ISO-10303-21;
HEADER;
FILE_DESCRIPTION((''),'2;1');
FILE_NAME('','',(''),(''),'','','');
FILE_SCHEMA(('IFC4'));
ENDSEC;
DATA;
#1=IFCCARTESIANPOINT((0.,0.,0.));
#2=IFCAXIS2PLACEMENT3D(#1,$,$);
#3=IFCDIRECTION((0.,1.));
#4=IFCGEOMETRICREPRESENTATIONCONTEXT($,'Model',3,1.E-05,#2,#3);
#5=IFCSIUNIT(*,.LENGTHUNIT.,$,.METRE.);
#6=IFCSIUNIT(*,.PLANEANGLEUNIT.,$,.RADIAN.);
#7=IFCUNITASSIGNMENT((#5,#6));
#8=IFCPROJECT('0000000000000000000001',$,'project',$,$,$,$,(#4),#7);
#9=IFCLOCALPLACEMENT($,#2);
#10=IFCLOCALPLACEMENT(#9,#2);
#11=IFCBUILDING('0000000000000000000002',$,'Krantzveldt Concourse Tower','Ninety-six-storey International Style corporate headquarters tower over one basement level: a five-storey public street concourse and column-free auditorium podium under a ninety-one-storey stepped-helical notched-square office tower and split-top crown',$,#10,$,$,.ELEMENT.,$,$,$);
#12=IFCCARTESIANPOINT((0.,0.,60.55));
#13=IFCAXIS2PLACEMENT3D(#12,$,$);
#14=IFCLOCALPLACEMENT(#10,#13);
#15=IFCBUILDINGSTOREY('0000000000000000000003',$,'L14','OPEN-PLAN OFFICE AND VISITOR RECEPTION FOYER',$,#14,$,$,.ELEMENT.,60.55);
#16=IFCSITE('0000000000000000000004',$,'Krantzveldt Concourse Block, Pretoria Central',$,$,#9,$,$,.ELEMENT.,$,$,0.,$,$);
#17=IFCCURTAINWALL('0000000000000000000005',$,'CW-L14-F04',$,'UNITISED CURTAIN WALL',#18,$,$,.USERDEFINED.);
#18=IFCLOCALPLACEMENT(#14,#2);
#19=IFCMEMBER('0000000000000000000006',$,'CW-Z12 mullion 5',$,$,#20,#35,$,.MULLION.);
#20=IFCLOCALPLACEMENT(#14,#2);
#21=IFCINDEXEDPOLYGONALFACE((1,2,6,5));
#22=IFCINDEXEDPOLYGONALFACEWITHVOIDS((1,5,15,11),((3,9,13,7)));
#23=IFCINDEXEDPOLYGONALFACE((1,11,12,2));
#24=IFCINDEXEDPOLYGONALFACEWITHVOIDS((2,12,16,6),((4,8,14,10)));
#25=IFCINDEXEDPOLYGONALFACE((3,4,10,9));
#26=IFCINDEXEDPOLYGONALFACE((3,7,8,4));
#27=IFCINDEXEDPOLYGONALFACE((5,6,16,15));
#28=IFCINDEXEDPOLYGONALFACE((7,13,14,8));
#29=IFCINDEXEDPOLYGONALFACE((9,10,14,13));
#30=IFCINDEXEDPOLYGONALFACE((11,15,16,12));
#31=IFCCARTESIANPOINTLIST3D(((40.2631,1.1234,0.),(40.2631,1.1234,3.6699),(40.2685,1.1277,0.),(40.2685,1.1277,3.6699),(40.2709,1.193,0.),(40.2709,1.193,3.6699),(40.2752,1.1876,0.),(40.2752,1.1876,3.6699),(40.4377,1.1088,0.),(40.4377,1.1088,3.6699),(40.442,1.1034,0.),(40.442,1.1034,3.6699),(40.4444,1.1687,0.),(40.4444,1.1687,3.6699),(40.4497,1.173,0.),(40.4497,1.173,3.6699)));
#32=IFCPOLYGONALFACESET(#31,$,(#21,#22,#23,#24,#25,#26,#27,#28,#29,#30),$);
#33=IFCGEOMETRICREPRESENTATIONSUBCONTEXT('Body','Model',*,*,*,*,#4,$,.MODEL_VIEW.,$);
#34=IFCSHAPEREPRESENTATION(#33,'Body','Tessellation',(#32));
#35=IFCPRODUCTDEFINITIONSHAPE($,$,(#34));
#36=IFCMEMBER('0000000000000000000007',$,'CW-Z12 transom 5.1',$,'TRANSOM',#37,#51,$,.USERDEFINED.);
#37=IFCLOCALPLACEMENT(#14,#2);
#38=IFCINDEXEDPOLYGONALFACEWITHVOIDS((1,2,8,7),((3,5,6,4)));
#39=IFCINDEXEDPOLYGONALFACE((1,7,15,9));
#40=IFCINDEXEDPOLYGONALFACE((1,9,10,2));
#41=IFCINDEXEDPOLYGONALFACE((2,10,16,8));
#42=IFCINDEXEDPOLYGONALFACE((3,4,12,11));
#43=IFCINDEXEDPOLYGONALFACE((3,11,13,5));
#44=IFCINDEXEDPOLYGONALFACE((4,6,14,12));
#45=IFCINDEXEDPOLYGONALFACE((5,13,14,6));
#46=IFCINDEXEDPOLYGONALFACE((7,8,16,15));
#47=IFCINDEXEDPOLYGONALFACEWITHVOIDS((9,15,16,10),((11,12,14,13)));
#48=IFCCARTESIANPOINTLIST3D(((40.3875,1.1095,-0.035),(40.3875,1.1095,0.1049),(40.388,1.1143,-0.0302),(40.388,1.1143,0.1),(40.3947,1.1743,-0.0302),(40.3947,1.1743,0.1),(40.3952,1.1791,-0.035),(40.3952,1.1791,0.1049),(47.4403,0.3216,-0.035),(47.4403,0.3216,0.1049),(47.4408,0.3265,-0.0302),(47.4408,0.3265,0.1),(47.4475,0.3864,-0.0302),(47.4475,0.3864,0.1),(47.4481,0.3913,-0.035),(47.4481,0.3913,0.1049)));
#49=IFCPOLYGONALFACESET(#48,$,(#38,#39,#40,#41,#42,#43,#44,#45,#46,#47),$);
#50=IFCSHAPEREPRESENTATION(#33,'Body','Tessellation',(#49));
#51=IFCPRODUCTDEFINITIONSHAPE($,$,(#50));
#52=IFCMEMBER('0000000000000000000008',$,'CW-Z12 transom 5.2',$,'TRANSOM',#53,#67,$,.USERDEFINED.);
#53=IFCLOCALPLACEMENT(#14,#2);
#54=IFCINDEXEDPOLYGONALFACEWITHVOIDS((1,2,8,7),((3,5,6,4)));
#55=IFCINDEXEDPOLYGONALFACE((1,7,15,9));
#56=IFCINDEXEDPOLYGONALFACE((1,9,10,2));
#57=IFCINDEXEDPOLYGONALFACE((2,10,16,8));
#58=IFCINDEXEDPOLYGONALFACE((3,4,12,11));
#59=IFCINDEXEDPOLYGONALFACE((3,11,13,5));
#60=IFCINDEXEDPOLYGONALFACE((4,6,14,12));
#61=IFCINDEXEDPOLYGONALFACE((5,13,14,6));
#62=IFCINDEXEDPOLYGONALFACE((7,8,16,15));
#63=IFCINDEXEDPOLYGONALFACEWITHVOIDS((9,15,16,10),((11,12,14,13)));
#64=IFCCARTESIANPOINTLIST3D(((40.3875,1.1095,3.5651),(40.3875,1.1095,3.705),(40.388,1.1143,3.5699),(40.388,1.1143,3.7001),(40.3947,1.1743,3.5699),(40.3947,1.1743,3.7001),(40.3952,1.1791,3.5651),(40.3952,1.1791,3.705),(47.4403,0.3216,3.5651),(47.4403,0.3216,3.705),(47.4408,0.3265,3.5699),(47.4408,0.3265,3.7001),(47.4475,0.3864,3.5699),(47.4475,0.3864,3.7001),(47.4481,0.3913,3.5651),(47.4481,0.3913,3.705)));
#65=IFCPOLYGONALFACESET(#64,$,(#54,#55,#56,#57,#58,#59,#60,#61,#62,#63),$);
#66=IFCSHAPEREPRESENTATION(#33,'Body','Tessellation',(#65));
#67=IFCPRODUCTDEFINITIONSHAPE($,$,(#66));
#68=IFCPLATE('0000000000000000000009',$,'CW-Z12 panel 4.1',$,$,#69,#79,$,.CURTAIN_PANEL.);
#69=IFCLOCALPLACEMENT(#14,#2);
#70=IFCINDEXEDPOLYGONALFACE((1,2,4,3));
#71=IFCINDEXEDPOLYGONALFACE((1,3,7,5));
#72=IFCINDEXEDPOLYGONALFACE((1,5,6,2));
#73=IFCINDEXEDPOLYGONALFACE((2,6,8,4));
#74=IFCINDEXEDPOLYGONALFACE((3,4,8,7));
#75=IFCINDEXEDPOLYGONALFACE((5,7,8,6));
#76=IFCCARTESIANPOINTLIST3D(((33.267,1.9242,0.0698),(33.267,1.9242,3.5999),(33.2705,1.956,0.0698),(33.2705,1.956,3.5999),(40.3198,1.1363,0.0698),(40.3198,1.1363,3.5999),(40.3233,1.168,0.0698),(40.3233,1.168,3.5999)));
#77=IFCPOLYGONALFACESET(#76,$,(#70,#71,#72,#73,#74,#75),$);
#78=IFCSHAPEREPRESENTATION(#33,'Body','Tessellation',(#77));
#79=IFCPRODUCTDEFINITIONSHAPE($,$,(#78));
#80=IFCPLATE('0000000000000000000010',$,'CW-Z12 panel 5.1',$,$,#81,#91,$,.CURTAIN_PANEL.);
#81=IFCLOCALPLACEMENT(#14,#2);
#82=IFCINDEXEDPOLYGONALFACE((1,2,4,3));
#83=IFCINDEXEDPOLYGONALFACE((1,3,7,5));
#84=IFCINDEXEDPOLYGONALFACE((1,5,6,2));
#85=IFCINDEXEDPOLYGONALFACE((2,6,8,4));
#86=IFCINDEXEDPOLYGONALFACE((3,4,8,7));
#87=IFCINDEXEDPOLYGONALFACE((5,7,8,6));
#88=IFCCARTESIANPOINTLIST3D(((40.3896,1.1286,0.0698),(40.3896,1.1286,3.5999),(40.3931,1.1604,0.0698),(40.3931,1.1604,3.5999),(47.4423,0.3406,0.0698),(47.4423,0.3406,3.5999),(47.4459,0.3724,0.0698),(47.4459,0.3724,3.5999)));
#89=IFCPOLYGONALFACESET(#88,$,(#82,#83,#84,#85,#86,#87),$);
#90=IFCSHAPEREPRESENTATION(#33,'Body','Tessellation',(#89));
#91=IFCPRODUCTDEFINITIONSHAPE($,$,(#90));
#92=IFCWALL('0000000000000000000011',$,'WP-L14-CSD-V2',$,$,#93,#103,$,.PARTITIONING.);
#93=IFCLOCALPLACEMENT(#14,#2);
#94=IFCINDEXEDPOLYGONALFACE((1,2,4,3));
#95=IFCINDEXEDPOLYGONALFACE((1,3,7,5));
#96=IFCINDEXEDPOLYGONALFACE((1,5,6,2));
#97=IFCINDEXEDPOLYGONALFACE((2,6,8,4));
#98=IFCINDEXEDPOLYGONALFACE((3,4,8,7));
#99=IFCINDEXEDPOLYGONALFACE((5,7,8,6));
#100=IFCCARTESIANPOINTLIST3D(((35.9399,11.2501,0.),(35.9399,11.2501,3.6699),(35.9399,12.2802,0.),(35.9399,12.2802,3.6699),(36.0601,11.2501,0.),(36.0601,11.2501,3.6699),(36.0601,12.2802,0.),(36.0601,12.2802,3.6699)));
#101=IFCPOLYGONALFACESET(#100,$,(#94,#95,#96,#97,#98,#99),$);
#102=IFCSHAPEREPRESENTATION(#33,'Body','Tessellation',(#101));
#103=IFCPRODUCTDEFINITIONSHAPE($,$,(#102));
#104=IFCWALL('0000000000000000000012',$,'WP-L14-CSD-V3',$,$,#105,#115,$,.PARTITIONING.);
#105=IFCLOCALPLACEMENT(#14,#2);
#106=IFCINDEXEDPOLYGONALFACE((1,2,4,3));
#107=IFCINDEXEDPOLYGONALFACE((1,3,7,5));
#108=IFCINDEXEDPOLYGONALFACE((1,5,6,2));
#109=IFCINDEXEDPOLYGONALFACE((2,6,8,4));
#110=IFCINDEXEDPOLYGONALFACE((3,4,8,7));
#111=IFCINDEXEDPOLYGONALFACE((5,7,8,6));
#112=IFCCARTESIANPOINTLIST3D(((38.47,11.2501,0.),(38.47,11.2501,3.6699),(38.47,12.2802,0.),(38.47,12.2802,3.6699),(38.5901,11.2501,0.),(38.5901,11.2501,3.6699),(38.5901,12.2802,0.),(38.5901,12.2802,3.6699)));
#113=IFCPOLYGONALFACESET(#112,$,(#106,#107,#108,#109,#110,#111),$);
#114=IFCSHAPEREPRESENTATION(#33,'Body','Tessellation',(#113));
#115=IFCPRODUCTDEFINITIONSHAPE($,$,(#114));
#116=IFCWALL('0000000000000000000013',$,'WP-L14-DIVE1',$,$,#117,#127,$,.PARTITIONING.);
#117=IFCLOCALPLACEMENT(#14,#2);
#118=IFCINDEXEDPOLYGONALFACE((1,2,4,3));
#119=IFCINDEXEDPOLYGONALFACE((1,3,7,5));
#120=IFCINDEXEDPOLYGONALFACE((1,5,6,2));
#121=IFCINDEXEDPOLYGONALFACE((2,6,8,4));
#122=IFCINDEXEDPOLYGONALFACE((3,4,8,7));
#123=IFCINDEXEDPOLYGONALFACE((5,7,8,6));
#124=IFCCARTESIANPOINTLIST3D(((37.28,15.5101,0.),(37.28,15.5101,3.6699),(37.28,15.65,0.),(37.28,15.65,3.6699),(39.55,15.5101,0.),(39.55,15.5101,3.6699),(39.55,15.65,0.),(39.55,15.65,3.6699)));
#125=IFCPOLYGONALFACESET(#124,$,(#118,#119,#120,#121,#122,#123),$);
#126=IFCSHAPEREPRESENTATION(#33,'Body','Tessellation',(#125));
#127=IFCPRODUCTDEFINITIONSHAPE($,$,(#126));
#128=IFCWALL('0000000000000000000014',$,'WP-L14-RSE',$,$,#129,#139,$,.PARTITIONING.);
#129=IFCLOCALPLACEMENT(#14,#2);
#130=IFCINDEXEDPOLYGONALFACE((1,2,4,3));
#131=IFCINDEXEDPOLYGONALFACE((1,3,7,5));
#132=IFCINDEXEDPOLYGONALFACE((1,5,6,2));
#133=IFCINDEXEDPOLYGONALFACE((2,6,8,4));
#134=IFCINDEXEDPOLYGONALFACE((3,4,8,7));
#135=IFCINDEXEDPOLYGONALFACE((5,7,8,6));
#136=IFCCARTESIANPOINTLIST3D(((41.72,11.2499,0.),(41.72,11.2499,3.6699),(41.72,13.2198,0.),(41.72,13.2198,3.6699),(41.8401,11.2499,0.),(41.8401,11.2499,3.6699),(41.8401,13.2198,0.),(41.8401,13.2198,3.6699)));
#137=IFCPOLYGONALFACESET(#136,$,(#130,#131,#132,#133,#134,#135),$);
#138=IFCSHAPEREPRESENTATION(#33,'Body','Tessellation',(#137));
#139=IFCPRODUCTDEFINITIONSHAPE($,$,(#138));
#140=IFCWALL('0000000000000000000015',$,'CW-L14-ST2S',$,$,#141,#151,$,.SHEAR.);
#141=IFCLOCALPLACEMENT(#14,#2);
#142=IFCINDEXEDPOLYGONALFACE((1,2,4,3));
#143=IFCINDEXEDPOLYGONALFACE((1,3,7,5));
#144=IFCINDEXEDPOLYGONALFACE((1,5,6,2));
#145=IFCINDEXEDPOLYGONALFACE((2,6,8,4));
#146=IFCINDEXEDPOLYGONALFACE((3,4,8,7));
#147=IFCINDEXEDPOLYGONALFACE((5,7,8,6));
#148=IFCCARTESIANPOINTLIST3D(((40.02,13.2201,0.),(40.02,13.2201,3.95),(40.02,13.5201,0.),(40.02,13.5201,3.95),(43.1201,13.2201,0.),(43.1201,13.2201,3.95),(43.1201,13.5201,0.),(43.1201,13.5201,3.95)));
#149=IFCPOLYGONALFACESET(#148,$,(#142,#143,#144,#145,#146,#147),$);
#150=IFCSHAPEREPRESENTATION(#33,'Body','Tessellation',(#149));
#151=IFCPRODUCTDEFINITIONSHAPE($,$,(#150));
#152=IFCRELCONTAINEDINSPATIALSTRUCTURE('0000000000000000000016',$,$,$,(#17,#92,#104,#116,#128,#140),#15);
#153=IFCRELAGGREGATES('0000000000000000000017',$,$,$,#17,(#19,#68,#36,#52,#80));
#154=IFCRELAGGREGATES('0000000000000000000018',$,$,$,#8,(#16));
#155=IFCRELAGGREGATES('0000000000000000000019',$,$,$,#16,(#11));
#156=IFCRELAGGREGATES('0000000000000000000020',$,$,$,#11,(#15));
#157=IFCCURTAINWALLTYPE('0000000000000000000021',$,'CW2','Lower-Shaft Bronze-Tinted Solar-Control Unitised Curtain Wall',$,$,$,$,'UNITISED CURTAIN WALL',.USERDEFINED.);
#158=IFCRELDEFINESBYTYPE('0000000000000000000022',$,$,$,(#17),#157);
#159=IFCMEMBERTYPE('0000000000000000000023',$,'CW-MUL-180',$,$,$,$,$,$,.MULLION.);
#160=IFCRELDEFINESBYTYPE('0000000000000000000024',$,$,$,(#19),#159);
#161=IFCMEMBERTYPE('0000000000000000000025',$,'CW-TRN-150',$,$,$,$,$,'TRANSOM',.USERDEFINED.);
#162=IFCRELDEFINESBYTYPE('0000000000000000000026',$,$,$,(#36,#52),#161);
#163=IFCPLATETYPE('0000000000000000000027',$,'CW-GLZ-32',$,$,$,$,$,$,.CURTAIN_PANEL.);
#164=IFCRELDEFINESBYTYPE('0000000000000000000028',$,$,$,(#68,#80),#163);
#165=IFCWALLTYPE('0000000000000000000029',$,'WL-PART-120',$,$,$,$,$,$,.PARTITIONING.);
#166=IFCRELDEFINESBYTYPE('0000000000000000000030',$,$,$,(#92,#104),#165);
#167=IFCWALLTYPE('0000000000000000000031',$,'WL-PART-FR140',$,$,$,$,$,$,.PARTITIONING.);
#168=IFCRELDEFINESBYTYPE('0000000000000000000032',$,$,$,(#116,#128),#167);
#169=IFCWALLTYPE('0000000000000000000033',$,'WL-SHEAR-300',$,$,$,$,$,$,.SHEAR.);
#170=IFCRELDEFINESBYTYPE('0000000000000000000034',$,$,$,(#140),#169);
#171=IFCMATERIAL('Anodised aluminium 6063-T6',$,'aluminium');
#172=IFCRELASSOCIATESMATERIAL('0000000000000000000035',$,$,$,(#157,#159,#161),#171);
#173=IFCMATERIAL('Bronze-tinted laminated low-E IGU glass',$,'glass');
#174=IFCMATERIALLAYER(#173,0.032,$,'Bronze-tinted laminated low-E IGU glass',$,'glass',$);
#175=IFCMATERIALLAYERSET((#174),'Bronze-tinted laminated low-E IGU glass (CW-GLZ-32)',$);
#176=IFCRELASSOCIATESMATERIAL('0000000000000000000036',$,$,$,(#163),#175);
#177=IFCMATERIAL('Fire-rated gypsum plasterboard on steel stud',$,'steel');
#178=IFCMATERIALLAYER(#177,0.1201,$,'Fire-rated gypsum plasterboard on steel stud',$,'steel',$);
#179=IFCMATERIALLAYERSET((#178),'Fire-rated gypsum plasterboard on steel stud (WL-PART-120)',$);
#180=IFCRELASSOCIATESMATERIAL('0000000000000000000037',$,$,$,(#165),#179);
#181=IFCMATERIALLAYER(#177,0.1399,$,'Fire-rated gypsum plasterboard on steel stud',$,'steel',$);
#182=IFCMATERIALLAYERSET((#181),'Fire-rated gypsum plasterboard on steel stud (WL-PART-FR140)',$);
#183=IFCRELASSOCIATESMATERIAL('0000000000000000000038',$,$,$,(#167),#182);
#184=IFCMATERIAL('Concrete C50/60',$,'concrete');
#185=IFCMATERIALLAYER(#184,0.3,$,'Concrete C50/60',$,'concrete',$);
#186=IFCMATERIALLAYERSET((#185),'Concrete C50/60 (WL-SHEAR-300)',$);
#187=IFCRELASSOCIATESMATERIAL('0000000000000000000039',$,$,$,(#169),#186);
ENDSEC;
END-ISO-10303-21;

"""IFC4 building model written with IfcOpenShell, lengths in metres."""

from ifc_helpers import new_model, si_unit, direction, frame, frame_2d, origin, origin_2d, place, context, subcontext, project, spatial, rectangle, hollow_rectangle, extrude, source, transform, mapped, material, layer, layer_set, material_profile, profile_set, type_object, type_shapes, element, aggregate, save


model = new_model("IFC4")

# Units and contexts
model_context = context("Model", 3, precision=1e-05, world=origin(), true_north=direction((0.0, 1.0)))
body_context = subcontext(model_context, "Body", "Model", "MODEL_VIEW")
ifc_project = project(units=[si_unit("LENGTHUNIT", "METRE"), si_unit("PLANEANGLEUNIT", "RADIAN")], contexts=[model_context])

# Site, building, storey
site_placement = place(None, origin())
site = spatial("IfcSite", under=ifc_project, at=site_placement, Name="Krantzveldt Concourse Block, Pretoria Central", CompositionType="ELEMENT", RefElevation=0.0)
building_placement = place(site_placement, origin())
building = spatial("IfcBuilding", under=site, at=building_placement, Name="Krantzveldt Concourse Tower", Description="Ninety-six-storey International Style corporate headquarters tower over one basement level: a five-storey public street concourse and column-free auditorium podium under a ninety-one-storey stepped-helical notched-square office tower and split-top crown", CompositionType="ELEMENT")
storey_placement = place(building_placement, frame((0.0, 0.0, 60.55)))
storey = spatial("IfcBuildingStorey", under=building, at=storey_placement, Name="L14", Description="OPEN-PLAN OFFICE AND VISITOR RECEPTION FOYER", CompositionType="ELEMENT", Elevation=60.55)

# Curtain wall, members, plates
ifc_material_1 = material(Name="Anodised aluminium 6063-T6", Category="aluminium")
curtain_wall_type = type_object("IfcCurtainWallType", Name="CW2", Description="Lower-Shaft Bronze-Tinted Solar-Control Unitised Curtain Wall", ElementType="UNITISED CURTAIN WALL", PredefinedType="USERDEFINED", material=ifc_material_1)
curtain_wall_placement = place(storey_placement, origin())
curtain_wall = element("IfcCurtainWall", 1, at=curtain_wall_placement, inside=storey, type_object=curtain_wall_type, Name="CW-L14-F04", ObjectType="UNITISED CURTAIN WALL", PredefinedType="USERDEFINED")
ifc_material_profile_1 = material_profile(ifc_material_1, hollow_rectangle(XDim=0.0701, YDim=0.1799, WallThickness=0.0049, at=origin_2d()), Name="Anodised aluminium 6063-T6", Category="aluminium")
ifc_profile_set_1 = profile_set([ifc_material_profile_1], Name="Anodised aluminium 6063-T6 - ALU-MULL 180x70x5")
member_type_1 = type_object("IfcMemberType", Name="CW-MUL-180", PredefinedType="MULLION", material=ifc_profile_set_1)
shared_shape_1 = source(origin(), body_context, "Body", "SweptSolid", [
    extrude(hollow_rectangle(XDim=0.0701, YDim=0.1799, WallThickness=0.0049, at=origin_2d()), origin(), (0.0, 0.0, 1.0), 3.6699),
])
type_shapes(member_type_1, [shared_shape_1])
member_1_placement = place(storey_placement, frame((40.3564, 1.1482, 0.0), z_axis=(0.0, 0.0, 1.0), x_axis=(0.111035, 0.993816, 0.0)))
member_1 = element("IfcMember", 2, at=member_1_placement, type_object=member_type_1, Name="CW-Z12 mullion 5", PredefinedType="MULLION", context=body_context, shape_type="MappedRepresentation", body=[
    mapped(shared_shape_1, transform((0.0, 0.0, 0.0), x_axis=(1.0, 0.0, 0.0), y_axis=(0.0, 1.0, 0.0), z_axis=(0.0, 0.0, 1.0), scale=1.0)),
])
ifc_material_profile_2 = material_profile(ifc_material_1, hollow_rectangle(XDim=0.0701, YDim=0.1399, WallThickness=0.0049, at=origin_2d()), Name="Anodised aluminium 6063-T6", Category="aluminium")
ifc_profile_set_2 = profile_set([ifc_material_profile_2], Name="Anodised aluminium 6063-T6 - ALU-TRAN 140x70x5")
member_type_2 = type_object("IfcMemberType", Name="CW-TRN-150", ElementType="TRANSOM", PredefinedType="USERDEFINED", material=ifc_profile_set_2)
shared_shape_2 = source(origin(), body_context, "Body", "SweptSolid", [
    extrude(hollow_rectangle(XDim=0.0701, YDim=0.1399, WallThickness=0.0049, at=origin_2d()), origin(), (0.0, 0.0, 1.0), 7.0967),
])
type_shapes(member_type_2, [shared_shape_2])
member_2_placement = place(storey_placement, frame((40.3914, 1.1443, 0.0349), z_axis=(0.993819, -0.111017, 0.0), x_axis=(0.111017, 0.993819, 0.0)))
member_2 = element("IfcMember", 3, at=member_2_placement, type_object=member_type_2, Name="CW-Z12 transom 5.1", ObjectType="TRANSOM", PredefinedType="USERDEFINED", context=body_context, shape_type="MappedRepresentation", body=[
    mapped(shared_shape_2, transform((0.0, 0.0, 0.0), x_axis=(1.0, 0.0, 0.0), y_axis=(0.0, 1.0, 0.0), z_axis=(0.0, 0.0, 1.0), scale=1.0)),
])
member_3_placement = place(storey_placement, frame((40.3914, 1.1443, 3.635), z_axis=(0.993819, -0.111017, 0.0), x_axis=(0.111017, 0.993819, 0.0)))
member_3 = element("IfcMember", 4, at=member_3_placement, type_object=member_type_2, Name="CW-Z12 transom 5.2", ObjectType="TRANSOM", PredefinedType="USERDEFINED", context=body_context, shape_type="MappedRepresentation", body=[
    mapped(shared_shape_2, transform((0.0, 0.0, 0.0), x_axis=(1.0, 0.0, 0.0), y_axis=(0.0, 1.0, 0.0), z_axis=(0.0, 0.0, 1.0), scale=1.0)),
])
ifc_material_2 = material(Name="Bronze-tinted laminated low-E IGU glass", Category="glass")
ifc_layer_1 = layer(ifc_material_2, 0.032, Name="Bronze-tinted laminated low-E IGU glass", Category="glass")
ifc_layer_set_1 = layer_set([ifc_layer_1], Name="Bronze-tinted laminated low-E IGU glass (CW-GLZ-32)")
plate_type = type_object("IfcPlateType", Name="CW-GLZ-32", PredefinedType="CURTAIN_PANEL", material=ifc_layer_set_1)
shared_shape_3 = source(origin(), body_context, "Body", "SweptSolid", [
    extrude(rectangle(XDim=7.0967, YDim=0.032, at=origin_2d()), origin(), (0.0, 0.0, 1.0), 3.53),
])
type_shapes(plate_type, [shared_shape_3])
plate_1_placement = place(storey_placement, frame((36.7952, 1.5461, 0.0698), z_axis=(0.0, 0.0, 1.0), x_axis=(0.993816, -0.111035, 0.0)))
plate_1 = element("IfcPlate", 5, at=plate_1_placement, type_object=plate_type, Name="CW-Z12 panel 4.1", PredefinedType="CURTAIN_PANEL", context=body_context, shape_type="MappedRepresentation", body=[
    mapped(shared_shape_3, transform((0.0, 0.0, 0.0), x_axis=(1.0, 0.0, 0.0), y_axis=(0.0, 1.0, 0.0), z_axis=(0.0, 0.0, 1.0), scale=1.0)),
])
plate_2_placement = place(storey_placement, frame((43.9177, 0.7505, 0.0698), z_axis=(0.0, 0.0, 1.0), x_axis=(0.993816, -0.111035, 0.0)))
plate_2 = element("IfcPlate", 6, at=plate_2_placement, type_object=plate_type, Name="CW-Z12 panel 5.1", PredefinedType="CURTAIN_PANEL", context=body_context, shape_type="MappedRepresentation", body=[
    mapped(shared_shape_3, transform((0.0, 0.0, 0.0), x_axis=(1.0, 0.0, 0.0), y_axis=(0.0, 1.0, 0.0), z_axis=(0.0, 0.0, 1.0), scale=1.0)),
])
aggregate(curtain_wall, [member_1, plate_1, member_2, member_3, plate_2])

# Walls
ifc_material_3 = material(Name="Fire-rated gypsum plasterboard on steel stud", Category="steel")
ifc_layer_2 = layer(ifc_material_3, 0.1201, Name="Fire-rated gypsum plasterboard on steel stud", Category="steel")
ifc_layer_set_2 = layer_set([ifc_layer_2], Name="Fire-rated gypsum plasterboard on steel stud (WL-PART-120)")
wall_type_1 = type_object("IfcWallType", Name="WL-PART-120", PredefinedType="PARTITIONING", material=ifc_layer_set_2)
for number, where, z_axis, x_axis, name in (
    (7, (36.0, 11.25, 0.0), (0.0, 0.0, 1.0), (0.0, 1.0, 0.0), "WP-L14-CSD-V2"),
    (8, (38.53, 11.25, 0.0), (0.0, 0.0, 1.0), (0.0, 1.0, 0.0), "WP-L14-CSD-V3"),
):
    element("IfcWall", number, at=place(storey_placement, frame(where, z_axis=z_axis, x_axis=x_axis)), inside=storey, type_object=wall_type_1, Name=name, PredefinedType="PARTITIONING", context=body_context, shape_type="SweptSolid", body=[
        extrude(rectangle(XDim=1.03, YDim=0.1201, at=frame_2d((0.5151, 0.0))), origin(), (0.0, 0.0, 1.0), 3.6699),
    ])

# Shared definitions
ifc_layer_3 = layer(ifc_material_3, 0.1399, Name="Fire-rated gypsum plasterboard on steel stud", Category="steel")
ifc_layer_set_3 = layer_set([ifc_layer_3], Name="Fire-rated gypsum plasterboard on steel stud (WL-PART-FR140)")
wall_type_2 = type_object("IfcWallType", Name="WL-PART-FR140", PredefinedType="PARTITIONING", material=ifc_layer_set_3)

# Walls
wall_1_placement = place(storey_placement, frame((37.28, 15.5801, 0.0), z_axis=(0.0, 0.0, 1.0), x_axis=(1.0, 0.0, 0.0)))
element("IfcWall", 9, at=wall_1_placement, inside=storey, type_object=wall_type_2, Name="WP-L14-DIVE1", PredefinedType="PARTITIONING", context=body_context, shape_type="SweptSolid", body=[
    extrude(rectangle(XDim=2.27, YDim=0.1399, at=frame_2d((1.135, 0.0))), origin(), (0.0, 0.0, 1.0), 3.6699),
])
wall_2_placement = place(storey_placement, frame((41.78, 11.25, 0.0), z_axis=(0.0, 0.0, 1.0), x_axis=(0.0, 1.0, 0.0)))
element("IfcWall", 10, at=wall_2_placement, inside=storey, type_object=wall_type_2, Name="WP-L14-RSE", PredefinedType="PARTITIONING", context=body_context, shape_type="SweptSolid", body=[
    extrude(rectangle(XDim=1.97, YDim=0.1201, at=frame_2d((0.9849, 0.0))), origin(), (0.0, 0.0, 1.0), 3.6699),
])
ifc_material_4 = material(Name="Concrete C50/60", Category="concrete")
ifc_layer_4 = layer(ifc_material_4, 0.3, Name="Concrete C50/60", Category="concrete")
ifc_layer_set_4 = layer_set([ifc_layer_4], Name="Concrete C50/60 (WL-SHEAR-300)")
wall_type_3 = type_object("IfcWallType", Name="WL-SHEAR-300", PredefinedType="SHEAR", material=ifc_layer_set_4)
wall_3_placement = place(storey_placement, frame((40.02, 13.3701, 0.0), z_axis=(0.0, 0.0, 1.0), x_axis=(1.0, 0.0, 0.0)))
element("IfcWall", 11, at=wall_3_placement, inside=storey, type_object=wall_type_3, Name="CW-L14-ST2S", PredefinedType="SHEAR", context=body_context, shape_type="SweptSolid", body=[
    extrude(rectangle(XDim=3.1001, YDim=0.3, at=frame_2d((1.55, 0.0))), origin(), (0.0, 0.0, 1.0), 3.95),
])

save(model, "model.ifc")
